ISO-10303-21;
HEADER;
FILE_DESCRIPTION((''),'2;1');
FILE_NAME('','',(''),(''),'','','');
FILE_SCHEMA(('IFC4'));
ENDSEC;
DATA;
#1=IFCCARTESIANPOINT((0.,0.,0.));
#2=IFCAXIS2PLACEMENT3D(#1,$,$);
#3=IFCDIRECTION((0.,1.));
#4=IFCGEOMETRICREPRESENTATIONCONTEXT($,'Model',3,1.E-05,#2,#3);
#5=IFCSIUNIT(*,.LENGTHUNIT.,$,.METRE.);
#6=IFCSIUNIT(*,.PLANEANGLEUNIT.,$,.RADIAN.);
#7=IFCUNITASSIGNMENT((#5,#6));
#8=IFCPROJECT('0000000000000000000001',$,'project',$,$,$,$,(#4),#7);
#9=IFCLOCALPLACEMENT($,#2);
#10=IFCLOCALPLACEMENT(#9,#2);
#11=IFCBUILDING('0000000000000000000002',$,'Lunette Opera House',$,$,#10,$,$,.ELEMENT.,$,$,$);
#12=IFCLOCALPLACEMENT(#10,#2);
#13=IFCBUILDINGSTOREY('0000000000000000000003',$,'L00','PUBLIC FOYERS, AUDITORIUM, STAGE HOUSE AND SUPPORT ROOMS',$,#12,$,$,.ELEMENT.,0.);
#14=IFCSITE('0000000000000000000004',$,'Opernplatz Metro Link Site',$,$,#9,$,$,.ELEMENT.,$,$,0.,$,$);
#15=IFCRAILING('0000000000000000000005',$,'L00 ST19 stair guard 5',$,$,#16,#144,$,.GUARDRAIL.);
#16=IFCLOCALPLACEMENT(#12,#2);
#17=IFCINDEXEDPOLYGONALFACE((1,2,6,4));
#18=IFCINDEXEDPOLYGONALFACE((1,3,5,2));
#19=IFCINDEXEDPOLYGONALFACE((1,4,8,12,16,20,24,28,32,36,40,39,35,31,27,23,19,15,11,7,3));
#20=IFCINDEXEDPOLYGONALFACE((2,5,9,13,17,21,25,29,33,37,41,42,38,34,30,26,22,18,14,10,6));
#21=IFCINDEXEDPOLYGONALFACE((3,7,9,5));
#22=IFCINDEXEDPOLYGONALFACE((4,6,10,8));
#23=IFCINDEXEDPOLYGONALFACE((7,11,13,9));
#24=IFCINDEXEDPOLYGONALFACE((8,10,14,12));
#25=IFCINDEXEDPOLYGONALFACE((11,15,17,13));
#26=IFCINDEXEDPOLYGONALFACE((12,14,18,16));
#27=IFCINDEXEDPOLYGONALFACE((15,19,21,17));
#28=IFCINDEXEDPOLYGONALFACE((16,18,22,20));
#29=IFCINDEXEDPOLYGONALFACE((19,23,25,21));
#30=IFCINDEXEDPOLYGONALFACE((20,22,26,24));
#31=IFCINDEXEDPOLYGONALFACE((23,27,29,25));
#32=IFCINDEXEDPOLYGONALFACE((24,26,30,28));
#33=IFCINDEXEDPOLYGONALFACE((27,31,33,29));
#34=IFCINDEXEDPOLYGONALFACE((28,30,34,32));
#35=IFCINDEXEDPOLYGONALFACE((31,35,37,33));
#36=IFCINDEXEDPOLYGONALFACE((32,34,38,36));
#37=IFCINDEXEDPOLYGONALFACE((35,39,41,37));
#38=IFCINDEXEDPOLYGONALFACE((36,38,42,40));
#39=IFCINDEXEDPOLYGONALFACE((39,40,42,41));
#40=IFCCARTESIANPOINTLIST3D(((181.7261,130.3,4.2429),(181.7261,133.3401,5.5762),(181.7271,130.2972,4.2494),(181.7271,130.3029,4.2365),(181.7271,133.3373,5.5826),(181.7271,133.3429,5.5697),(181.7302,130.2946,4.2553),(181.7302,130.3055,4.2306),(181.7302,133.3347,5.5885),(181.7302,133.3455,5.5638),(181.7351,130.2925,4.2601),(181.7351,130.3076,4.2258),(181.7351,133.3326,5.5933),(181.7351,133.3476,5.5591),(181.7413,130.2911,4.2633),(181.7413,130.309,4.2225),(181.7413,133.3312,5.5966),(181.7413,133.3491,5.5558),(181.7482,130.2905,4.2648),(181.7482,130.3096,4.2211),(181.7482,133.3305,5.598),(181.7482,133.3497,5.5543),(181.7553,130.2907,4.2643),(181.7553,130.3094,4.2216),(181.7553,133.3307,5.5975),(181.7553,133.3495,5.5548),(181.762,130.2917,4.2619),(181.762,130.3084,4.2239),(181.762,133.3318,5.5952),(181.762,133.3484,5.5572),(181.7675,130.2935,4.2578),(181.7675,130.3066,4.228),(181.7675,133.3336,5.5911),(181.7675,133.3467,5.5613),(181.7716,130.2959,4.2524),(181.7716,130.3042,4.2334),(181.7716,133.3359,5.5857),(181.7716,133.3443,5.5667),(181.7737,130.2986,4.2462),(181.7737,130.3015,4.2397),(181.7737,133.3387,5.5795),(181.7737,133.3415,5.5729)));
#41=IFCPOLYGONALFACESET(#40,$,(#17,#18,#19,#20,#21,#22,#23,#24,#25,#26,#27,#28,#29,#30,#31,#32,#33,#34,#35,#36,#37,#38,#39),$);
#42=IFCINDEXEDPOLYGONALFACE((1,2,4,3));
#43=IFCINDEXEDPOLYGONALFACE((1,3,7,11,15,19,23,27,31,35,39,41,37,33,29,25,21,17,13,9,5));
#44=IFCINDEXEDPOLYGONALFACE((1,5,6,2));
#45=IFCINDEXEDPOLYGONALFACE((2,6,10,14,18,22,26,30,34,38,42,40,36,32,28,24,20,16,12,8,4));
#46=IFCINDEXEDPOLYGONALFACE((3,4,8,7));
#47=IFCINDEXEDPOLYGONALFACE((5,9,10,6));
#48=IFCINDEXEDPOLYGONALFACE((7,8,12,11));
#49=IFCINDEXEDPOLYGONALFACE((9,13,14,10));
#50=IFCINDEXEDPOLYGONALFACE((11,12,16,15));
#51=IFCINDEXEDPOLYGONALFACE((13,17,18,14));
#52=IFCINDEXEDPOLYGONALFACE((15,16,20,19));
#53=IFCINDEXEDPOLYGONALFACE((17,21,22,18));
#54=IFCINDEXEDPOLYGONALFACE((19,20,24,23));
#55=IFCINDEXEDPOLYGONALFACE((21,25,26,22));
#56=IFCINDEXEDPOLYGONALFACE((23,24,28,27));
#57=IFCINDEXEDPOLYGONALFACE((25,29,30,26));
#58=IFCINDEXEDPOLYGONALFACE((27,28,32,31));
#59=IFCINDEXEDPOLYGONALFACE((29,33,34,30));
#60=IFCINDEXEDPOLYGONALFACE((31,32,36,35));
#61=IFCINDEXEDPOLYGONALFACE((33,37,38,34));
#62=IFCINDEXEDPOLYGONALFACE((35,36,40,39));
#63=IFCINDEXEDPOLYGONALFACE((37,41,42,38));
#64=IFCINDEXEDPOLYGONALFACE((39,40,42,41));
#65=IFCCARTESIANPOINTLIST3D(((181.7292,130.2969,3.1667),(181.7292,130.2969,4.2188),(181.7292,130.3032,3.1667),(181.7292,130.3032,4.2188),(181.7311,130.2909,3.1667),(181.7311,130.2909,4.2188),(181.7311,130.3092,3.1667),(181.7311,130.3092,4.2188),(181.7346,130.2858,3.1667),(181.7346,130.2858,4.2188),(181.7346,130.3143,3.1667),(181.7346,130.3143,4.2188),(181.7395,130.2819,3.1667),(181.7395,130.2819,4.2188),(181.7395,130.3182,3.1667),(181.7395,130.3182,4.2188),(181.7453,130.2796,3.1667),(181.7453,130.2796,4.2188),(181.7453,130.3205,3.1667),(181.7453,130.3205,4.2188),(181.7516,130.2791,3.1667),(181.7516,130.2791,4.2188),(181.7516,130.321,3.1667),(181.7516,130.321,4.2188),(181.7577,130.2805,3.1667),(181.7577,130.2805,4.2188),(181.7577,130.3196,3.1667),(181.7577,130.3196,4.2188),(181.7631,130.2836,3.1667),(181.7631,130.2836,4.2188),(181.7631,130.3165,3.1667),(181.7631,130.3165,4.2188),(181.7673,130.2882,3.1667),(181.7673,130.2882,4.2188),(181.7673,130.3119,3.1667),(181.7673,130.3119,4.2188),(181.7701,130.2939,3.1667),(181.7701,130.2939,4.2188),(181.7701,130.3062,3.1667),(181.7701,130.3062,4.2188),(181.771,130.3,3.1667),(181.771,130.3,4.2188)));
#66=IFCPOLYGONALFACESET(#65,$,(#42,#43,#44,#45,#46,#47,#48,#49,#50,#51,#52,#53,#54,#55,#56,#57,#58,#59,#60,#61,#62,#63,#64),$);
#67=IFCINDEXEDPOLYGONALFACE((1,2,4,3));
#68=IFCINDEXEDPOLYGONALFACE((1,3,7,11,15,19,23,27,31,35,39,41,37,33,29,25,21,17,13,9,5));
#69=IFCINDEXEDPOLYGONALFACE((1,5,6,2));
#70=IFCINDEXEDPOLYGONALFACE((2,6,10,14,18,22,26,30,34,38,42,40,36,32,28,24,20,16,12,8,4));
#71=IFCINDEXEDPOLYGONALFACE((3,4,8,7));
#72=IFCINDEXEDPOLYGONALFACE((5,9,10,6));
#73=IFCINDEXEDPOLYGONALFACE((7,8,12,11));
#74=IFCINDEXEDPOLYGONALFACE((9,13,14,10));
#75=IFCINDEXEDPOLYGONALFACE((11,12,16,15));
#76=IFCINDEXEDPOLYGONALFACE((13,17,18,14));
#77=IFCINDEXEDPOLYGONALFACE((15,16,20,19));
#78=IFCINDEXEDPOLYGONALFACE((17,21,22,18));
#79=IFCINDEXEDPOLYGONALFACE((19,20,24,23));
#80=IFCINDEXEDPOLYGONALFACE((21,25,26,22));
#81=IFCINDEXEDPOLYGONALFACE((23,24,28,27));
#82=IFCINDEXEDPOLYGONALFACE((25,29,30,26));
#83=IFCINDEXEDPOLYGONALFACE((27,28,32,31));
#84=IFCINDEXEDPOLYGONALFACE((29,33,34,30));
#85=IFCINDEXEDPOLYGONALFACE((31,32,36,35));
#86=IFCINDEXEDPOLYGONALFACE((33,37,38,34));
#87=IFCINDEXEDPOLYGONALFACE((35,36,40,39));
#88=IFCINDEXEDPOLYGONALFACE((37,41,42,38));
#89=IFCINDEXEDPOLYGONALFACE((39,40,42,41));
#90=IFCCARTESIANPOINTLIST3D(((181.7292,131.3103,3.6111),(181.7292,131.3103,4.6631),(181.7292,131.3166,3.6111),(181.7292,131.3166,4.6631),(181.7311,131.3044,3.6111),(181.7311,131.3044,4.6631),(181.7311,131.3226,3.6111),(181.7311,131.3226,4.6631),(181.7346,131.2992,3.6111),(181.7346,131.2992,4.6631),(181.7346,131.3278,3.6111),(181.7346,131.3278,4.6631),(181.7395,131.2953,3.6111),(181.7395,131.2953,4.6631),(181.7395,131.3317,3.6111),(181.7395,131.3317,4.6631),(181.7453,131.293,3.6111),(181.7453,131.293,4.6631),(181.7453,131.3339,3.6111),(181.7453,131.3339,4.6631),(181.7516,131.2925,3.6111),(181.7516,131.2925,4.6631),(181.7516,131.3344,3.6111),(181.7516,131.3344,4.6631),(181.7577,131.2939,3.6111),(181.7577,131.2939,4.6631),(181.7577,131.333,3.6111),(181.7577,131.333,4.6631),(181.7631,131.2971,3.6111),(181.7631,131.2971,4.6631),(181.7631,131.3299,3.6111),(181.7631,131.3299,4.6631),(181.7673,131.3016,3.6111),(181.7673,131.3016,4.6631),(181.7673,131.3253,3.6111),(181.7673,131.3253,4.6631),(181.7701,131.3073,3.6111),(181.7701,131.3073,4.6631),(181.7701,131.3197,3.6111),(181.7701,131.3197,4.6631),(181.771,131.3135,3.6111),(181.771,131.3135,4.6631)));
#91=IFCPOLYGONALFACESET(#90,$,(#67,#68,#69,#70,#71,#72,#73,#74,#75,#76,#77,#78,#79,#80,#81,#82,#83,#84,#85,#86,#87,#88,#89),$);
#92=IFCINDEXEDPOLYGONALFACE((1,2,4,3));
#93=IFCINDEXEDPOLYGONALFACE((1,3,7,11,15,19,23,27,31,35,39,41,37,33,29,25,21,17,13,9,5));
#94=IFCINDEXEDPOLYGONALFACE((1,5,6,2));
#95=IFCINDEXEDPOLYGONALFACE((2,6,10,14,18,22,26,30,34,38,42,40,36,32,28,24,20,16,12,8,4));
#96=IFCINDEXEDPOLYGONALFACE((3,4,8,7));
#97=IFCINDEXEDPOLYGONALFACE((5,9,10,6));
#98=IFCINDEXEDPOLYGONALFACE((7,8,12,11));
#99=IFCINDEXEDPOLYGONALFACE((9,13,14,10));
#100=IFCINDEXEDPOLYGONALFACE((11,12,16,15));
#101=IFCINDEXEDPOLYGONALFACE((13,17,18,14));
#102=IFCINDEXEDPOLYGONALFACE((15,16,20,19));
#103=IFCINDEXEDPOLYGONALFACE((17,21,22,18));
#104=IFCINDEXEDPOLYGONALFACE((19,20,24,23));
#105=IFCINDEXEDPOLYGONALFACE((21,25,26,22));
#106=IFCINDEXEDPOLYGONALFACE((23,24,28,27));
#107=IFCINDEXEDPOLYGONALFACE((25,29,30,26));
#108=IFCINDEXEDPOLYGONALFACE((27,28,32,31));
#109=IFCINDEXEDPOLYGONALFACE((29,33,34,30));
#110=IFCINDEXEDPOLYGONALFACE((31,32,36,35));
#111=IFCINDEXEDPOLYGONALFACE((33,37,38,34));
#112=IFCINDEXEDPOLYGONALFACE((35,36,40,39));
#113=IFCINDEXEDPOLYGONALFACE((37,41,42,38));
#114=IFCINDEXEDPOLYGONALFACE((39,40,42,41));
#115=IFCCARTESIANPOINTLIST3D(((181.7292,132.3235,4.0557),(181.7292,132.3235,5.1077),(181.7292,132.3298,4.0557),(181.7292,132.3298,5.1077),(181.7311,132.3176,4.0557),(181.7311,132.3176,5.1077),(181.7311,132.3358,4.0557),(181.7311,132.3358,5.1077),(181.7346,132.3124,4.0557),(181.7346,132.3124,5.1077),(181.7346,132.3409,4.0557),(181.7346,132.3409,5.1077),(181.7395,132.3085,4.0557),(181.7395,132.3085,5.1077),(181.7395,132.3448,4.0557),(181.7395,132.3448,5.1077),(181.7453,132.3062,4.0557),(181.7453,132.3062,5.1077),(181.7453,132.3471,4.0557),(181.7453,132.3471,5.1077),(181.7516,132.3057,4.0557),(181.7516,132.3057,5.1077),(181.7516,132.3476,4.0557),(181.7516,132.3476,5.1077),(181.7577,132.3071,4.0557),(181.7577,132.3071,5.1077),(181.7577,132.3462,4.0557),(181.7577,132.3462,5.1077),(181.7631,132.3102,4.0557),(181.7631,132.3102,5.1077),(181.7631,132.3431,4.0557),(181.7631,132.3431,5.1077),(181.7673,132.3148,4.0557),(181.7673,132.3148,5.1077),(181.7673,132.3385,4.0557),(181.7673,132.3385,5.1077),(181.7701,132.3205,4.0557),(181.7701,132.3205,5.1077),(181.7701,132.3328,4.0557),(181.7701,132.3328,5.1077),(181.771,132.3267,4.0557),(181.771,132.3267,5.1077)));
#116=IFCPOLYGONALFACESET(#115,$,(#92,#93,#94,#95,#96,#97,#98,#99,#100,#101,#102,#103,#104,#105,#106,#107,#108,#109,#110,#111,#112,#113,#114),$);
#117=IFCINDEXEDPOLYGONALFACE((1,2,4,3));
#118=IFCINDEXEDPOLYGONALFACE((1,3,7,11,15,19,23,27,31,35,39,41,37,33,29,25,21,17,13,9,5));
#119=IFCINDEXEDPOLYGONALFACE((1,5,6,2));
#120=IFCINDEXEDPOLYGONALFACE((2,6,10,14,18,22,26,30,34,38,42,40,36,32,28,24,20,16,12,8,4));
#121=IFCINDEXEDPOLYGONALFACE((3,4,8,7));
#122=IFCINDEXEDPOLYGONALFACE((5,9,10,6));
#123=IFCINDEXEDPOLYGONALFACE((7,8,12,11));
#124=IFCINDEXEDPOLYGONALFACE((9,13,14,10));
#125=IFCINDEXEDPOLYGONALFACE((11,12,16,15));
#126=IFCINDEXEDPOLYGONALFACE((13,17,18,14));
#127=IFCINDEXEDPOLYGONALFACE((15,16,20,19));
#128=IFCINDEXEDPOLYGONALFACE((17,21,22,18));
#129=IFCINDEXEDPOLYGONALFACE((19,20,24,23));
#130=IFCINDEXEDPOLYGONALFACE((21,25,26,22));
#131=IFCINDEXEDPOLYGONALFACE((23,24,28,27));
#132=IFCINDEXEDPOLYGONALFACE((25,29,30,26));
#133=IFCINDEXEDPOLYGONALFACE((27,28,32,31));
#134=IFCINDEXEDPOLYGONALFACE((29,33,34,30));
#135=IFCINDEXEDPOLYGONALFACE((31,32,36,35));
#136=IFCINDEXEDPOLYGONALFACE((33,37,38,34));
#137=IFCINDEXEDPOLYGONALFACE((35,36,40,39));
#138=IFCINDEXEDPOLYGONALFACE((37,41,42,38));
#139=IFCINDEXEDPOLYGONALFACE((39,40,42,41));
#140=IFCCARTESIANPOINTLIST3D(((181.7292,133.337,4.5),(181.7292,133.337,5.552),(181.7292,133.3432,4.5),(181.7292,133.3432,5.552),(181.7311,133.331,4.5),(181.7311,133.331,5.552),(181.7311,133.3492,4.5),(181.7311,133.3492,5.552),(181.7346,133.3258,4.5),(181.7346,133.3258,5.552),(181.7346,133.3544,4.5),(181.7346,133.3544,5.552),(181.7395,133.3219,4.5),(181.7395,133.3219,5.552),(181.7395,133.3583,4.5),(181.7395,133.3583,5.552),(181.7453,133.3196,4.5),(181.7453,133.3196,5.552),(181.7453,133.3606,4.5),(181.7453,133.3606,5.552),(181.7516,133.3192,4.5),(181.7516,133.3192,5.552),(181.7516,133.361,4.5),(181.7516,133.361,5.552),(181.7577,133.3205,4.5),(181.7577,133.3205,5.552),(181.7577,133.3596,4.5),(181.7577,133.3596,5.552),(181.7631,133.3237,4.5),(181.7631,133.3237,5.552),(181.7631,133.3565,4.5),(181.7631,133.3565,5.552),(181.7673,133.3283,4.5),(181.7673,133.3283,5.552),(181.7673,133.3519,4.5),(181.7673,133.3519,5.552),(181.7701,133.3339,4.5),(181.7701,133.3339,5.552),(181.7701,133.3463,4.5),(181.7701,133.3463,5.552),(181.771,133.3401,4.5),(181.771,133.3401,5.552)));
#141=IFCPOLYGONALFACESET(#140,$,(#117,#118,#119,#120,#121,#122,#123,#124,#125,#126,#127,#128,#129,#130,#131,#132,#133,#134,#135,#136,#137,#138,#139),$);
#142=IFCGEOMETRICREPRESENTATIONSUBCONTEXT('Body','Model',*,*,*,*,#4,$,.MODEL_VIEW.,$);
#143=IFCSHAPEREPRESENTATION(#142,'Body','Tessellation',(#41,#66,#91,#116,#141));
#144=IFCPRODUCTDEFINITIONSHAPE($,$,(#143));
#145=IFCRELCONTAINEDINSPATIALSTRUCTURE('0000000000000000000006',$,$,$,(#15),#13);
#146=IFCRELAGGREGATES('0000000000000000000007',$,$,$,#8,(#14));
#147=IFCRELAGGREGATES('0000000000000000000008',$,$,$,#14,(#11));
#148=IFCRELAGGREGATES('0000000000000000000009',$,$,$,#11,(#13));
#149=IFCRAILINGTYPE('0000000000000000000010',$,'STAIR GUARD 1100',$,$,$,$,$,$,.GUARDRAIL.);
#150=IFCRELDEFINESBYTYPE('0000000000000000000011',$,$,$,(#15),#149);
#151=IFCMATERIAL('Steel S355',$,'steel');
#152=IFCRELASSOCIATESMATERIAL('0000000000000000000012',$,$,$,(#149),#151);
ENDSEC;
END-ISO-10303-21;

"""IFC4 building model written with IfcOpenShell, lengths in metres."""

from ifc_helpers import new_model, si_unit, direction, frame, origin, origin_2d, place, context, subcontext, project, spatial, circle, extrude, material, type_object, element, save


model = new_model("IFC4")

# Units and contexts
model_context = context("Model", 3, precision=1e-05, world=origin(), true_north=direction((0.0, 1.0)))
body_context = subcontext(model_context, "Body", "Model", "MODEL_VIEW")
ifc_project = project(units=[si_unit("LENGTHUNIT", "METRE"), si_unit("PLANEANGLEUNIT", "RADIAN")], contexts=[model_context])

# Site, building, storey
site_placement = place(None, origin())
site = spatial("IfcSite", under=ifc_project, at=site_placement, Name="Opernplatz Metro Link Site", CompositionType="ELEMENT", RefElevation=0.0)
building_placement = place(site_placement, origin())
building = spatial("IfcBuilding", under=site, at=building_placement, Name="Lunette Opera House", CompositionType="ELEMENT")
storey_placement = place(building_placement, origin())
storey = spatial("IfcBuildingStorey", under=building, at=storey_placement, Name="L00", Description="PUBLIC FOYERS, AUDITORIUM, STAGE HOUSE AND SUPPORT ROOMS", CompositionType="ELEMENT", Elevation=0.0)

# Railing
ifc_material_1 = material(Name="Steel S355", Category="steel")
railing_type_1 = type_object("IfcRailingType", Name="STAIR GUARD 1100", PredefinedType="GUARDRAIL", material=ifc_material_1)
for number, where, name in (
    (1, (181.75, 130.3, 3.1667), "L00 ST19 stair guard 5"),
):
    element("IfcRailing", number, at=place(storey_placement, frame(where)), inside=storey, type_object=railing_type_1, Name=name, PredefinedType="GUARDRAIL", context=body_context, shape_type="SweptSolid", body=[
        extrude(circle(Radius=0.0239, at=origin_2d()), frame((0.0, 0.0, 1.0762), z_axis=(0.0, 0.915799, 0.401637), x_axis=(-1.0, 0.0, 0.0)), (0.0, 0.0, 1.0), 3.3196),
        extrude(circle(Radius=0.021, at=origin_2d()), origin(), (0.0, 0.0, 1.0), 1.052),
        extrude(circle(Radius=0.021, at=origin_2d()), frame((0.0, 1.0134, 0.4443)), (0.0, 0.0, 1.0), 1.052),
        extrude(circle(Radius=0.021, at=origin_2d()), frame((0.0, 2.0266, 0.8889)), (0.0, 0.0, 1.0), 1.052),
        extrude(circle(Radius=0.021, at=origin_2d()), frame((0.0, 3.04, 1.3333)), (0.0, 0.0, 1.0), 1.052),
    ])

save(model, "model.ifc")
